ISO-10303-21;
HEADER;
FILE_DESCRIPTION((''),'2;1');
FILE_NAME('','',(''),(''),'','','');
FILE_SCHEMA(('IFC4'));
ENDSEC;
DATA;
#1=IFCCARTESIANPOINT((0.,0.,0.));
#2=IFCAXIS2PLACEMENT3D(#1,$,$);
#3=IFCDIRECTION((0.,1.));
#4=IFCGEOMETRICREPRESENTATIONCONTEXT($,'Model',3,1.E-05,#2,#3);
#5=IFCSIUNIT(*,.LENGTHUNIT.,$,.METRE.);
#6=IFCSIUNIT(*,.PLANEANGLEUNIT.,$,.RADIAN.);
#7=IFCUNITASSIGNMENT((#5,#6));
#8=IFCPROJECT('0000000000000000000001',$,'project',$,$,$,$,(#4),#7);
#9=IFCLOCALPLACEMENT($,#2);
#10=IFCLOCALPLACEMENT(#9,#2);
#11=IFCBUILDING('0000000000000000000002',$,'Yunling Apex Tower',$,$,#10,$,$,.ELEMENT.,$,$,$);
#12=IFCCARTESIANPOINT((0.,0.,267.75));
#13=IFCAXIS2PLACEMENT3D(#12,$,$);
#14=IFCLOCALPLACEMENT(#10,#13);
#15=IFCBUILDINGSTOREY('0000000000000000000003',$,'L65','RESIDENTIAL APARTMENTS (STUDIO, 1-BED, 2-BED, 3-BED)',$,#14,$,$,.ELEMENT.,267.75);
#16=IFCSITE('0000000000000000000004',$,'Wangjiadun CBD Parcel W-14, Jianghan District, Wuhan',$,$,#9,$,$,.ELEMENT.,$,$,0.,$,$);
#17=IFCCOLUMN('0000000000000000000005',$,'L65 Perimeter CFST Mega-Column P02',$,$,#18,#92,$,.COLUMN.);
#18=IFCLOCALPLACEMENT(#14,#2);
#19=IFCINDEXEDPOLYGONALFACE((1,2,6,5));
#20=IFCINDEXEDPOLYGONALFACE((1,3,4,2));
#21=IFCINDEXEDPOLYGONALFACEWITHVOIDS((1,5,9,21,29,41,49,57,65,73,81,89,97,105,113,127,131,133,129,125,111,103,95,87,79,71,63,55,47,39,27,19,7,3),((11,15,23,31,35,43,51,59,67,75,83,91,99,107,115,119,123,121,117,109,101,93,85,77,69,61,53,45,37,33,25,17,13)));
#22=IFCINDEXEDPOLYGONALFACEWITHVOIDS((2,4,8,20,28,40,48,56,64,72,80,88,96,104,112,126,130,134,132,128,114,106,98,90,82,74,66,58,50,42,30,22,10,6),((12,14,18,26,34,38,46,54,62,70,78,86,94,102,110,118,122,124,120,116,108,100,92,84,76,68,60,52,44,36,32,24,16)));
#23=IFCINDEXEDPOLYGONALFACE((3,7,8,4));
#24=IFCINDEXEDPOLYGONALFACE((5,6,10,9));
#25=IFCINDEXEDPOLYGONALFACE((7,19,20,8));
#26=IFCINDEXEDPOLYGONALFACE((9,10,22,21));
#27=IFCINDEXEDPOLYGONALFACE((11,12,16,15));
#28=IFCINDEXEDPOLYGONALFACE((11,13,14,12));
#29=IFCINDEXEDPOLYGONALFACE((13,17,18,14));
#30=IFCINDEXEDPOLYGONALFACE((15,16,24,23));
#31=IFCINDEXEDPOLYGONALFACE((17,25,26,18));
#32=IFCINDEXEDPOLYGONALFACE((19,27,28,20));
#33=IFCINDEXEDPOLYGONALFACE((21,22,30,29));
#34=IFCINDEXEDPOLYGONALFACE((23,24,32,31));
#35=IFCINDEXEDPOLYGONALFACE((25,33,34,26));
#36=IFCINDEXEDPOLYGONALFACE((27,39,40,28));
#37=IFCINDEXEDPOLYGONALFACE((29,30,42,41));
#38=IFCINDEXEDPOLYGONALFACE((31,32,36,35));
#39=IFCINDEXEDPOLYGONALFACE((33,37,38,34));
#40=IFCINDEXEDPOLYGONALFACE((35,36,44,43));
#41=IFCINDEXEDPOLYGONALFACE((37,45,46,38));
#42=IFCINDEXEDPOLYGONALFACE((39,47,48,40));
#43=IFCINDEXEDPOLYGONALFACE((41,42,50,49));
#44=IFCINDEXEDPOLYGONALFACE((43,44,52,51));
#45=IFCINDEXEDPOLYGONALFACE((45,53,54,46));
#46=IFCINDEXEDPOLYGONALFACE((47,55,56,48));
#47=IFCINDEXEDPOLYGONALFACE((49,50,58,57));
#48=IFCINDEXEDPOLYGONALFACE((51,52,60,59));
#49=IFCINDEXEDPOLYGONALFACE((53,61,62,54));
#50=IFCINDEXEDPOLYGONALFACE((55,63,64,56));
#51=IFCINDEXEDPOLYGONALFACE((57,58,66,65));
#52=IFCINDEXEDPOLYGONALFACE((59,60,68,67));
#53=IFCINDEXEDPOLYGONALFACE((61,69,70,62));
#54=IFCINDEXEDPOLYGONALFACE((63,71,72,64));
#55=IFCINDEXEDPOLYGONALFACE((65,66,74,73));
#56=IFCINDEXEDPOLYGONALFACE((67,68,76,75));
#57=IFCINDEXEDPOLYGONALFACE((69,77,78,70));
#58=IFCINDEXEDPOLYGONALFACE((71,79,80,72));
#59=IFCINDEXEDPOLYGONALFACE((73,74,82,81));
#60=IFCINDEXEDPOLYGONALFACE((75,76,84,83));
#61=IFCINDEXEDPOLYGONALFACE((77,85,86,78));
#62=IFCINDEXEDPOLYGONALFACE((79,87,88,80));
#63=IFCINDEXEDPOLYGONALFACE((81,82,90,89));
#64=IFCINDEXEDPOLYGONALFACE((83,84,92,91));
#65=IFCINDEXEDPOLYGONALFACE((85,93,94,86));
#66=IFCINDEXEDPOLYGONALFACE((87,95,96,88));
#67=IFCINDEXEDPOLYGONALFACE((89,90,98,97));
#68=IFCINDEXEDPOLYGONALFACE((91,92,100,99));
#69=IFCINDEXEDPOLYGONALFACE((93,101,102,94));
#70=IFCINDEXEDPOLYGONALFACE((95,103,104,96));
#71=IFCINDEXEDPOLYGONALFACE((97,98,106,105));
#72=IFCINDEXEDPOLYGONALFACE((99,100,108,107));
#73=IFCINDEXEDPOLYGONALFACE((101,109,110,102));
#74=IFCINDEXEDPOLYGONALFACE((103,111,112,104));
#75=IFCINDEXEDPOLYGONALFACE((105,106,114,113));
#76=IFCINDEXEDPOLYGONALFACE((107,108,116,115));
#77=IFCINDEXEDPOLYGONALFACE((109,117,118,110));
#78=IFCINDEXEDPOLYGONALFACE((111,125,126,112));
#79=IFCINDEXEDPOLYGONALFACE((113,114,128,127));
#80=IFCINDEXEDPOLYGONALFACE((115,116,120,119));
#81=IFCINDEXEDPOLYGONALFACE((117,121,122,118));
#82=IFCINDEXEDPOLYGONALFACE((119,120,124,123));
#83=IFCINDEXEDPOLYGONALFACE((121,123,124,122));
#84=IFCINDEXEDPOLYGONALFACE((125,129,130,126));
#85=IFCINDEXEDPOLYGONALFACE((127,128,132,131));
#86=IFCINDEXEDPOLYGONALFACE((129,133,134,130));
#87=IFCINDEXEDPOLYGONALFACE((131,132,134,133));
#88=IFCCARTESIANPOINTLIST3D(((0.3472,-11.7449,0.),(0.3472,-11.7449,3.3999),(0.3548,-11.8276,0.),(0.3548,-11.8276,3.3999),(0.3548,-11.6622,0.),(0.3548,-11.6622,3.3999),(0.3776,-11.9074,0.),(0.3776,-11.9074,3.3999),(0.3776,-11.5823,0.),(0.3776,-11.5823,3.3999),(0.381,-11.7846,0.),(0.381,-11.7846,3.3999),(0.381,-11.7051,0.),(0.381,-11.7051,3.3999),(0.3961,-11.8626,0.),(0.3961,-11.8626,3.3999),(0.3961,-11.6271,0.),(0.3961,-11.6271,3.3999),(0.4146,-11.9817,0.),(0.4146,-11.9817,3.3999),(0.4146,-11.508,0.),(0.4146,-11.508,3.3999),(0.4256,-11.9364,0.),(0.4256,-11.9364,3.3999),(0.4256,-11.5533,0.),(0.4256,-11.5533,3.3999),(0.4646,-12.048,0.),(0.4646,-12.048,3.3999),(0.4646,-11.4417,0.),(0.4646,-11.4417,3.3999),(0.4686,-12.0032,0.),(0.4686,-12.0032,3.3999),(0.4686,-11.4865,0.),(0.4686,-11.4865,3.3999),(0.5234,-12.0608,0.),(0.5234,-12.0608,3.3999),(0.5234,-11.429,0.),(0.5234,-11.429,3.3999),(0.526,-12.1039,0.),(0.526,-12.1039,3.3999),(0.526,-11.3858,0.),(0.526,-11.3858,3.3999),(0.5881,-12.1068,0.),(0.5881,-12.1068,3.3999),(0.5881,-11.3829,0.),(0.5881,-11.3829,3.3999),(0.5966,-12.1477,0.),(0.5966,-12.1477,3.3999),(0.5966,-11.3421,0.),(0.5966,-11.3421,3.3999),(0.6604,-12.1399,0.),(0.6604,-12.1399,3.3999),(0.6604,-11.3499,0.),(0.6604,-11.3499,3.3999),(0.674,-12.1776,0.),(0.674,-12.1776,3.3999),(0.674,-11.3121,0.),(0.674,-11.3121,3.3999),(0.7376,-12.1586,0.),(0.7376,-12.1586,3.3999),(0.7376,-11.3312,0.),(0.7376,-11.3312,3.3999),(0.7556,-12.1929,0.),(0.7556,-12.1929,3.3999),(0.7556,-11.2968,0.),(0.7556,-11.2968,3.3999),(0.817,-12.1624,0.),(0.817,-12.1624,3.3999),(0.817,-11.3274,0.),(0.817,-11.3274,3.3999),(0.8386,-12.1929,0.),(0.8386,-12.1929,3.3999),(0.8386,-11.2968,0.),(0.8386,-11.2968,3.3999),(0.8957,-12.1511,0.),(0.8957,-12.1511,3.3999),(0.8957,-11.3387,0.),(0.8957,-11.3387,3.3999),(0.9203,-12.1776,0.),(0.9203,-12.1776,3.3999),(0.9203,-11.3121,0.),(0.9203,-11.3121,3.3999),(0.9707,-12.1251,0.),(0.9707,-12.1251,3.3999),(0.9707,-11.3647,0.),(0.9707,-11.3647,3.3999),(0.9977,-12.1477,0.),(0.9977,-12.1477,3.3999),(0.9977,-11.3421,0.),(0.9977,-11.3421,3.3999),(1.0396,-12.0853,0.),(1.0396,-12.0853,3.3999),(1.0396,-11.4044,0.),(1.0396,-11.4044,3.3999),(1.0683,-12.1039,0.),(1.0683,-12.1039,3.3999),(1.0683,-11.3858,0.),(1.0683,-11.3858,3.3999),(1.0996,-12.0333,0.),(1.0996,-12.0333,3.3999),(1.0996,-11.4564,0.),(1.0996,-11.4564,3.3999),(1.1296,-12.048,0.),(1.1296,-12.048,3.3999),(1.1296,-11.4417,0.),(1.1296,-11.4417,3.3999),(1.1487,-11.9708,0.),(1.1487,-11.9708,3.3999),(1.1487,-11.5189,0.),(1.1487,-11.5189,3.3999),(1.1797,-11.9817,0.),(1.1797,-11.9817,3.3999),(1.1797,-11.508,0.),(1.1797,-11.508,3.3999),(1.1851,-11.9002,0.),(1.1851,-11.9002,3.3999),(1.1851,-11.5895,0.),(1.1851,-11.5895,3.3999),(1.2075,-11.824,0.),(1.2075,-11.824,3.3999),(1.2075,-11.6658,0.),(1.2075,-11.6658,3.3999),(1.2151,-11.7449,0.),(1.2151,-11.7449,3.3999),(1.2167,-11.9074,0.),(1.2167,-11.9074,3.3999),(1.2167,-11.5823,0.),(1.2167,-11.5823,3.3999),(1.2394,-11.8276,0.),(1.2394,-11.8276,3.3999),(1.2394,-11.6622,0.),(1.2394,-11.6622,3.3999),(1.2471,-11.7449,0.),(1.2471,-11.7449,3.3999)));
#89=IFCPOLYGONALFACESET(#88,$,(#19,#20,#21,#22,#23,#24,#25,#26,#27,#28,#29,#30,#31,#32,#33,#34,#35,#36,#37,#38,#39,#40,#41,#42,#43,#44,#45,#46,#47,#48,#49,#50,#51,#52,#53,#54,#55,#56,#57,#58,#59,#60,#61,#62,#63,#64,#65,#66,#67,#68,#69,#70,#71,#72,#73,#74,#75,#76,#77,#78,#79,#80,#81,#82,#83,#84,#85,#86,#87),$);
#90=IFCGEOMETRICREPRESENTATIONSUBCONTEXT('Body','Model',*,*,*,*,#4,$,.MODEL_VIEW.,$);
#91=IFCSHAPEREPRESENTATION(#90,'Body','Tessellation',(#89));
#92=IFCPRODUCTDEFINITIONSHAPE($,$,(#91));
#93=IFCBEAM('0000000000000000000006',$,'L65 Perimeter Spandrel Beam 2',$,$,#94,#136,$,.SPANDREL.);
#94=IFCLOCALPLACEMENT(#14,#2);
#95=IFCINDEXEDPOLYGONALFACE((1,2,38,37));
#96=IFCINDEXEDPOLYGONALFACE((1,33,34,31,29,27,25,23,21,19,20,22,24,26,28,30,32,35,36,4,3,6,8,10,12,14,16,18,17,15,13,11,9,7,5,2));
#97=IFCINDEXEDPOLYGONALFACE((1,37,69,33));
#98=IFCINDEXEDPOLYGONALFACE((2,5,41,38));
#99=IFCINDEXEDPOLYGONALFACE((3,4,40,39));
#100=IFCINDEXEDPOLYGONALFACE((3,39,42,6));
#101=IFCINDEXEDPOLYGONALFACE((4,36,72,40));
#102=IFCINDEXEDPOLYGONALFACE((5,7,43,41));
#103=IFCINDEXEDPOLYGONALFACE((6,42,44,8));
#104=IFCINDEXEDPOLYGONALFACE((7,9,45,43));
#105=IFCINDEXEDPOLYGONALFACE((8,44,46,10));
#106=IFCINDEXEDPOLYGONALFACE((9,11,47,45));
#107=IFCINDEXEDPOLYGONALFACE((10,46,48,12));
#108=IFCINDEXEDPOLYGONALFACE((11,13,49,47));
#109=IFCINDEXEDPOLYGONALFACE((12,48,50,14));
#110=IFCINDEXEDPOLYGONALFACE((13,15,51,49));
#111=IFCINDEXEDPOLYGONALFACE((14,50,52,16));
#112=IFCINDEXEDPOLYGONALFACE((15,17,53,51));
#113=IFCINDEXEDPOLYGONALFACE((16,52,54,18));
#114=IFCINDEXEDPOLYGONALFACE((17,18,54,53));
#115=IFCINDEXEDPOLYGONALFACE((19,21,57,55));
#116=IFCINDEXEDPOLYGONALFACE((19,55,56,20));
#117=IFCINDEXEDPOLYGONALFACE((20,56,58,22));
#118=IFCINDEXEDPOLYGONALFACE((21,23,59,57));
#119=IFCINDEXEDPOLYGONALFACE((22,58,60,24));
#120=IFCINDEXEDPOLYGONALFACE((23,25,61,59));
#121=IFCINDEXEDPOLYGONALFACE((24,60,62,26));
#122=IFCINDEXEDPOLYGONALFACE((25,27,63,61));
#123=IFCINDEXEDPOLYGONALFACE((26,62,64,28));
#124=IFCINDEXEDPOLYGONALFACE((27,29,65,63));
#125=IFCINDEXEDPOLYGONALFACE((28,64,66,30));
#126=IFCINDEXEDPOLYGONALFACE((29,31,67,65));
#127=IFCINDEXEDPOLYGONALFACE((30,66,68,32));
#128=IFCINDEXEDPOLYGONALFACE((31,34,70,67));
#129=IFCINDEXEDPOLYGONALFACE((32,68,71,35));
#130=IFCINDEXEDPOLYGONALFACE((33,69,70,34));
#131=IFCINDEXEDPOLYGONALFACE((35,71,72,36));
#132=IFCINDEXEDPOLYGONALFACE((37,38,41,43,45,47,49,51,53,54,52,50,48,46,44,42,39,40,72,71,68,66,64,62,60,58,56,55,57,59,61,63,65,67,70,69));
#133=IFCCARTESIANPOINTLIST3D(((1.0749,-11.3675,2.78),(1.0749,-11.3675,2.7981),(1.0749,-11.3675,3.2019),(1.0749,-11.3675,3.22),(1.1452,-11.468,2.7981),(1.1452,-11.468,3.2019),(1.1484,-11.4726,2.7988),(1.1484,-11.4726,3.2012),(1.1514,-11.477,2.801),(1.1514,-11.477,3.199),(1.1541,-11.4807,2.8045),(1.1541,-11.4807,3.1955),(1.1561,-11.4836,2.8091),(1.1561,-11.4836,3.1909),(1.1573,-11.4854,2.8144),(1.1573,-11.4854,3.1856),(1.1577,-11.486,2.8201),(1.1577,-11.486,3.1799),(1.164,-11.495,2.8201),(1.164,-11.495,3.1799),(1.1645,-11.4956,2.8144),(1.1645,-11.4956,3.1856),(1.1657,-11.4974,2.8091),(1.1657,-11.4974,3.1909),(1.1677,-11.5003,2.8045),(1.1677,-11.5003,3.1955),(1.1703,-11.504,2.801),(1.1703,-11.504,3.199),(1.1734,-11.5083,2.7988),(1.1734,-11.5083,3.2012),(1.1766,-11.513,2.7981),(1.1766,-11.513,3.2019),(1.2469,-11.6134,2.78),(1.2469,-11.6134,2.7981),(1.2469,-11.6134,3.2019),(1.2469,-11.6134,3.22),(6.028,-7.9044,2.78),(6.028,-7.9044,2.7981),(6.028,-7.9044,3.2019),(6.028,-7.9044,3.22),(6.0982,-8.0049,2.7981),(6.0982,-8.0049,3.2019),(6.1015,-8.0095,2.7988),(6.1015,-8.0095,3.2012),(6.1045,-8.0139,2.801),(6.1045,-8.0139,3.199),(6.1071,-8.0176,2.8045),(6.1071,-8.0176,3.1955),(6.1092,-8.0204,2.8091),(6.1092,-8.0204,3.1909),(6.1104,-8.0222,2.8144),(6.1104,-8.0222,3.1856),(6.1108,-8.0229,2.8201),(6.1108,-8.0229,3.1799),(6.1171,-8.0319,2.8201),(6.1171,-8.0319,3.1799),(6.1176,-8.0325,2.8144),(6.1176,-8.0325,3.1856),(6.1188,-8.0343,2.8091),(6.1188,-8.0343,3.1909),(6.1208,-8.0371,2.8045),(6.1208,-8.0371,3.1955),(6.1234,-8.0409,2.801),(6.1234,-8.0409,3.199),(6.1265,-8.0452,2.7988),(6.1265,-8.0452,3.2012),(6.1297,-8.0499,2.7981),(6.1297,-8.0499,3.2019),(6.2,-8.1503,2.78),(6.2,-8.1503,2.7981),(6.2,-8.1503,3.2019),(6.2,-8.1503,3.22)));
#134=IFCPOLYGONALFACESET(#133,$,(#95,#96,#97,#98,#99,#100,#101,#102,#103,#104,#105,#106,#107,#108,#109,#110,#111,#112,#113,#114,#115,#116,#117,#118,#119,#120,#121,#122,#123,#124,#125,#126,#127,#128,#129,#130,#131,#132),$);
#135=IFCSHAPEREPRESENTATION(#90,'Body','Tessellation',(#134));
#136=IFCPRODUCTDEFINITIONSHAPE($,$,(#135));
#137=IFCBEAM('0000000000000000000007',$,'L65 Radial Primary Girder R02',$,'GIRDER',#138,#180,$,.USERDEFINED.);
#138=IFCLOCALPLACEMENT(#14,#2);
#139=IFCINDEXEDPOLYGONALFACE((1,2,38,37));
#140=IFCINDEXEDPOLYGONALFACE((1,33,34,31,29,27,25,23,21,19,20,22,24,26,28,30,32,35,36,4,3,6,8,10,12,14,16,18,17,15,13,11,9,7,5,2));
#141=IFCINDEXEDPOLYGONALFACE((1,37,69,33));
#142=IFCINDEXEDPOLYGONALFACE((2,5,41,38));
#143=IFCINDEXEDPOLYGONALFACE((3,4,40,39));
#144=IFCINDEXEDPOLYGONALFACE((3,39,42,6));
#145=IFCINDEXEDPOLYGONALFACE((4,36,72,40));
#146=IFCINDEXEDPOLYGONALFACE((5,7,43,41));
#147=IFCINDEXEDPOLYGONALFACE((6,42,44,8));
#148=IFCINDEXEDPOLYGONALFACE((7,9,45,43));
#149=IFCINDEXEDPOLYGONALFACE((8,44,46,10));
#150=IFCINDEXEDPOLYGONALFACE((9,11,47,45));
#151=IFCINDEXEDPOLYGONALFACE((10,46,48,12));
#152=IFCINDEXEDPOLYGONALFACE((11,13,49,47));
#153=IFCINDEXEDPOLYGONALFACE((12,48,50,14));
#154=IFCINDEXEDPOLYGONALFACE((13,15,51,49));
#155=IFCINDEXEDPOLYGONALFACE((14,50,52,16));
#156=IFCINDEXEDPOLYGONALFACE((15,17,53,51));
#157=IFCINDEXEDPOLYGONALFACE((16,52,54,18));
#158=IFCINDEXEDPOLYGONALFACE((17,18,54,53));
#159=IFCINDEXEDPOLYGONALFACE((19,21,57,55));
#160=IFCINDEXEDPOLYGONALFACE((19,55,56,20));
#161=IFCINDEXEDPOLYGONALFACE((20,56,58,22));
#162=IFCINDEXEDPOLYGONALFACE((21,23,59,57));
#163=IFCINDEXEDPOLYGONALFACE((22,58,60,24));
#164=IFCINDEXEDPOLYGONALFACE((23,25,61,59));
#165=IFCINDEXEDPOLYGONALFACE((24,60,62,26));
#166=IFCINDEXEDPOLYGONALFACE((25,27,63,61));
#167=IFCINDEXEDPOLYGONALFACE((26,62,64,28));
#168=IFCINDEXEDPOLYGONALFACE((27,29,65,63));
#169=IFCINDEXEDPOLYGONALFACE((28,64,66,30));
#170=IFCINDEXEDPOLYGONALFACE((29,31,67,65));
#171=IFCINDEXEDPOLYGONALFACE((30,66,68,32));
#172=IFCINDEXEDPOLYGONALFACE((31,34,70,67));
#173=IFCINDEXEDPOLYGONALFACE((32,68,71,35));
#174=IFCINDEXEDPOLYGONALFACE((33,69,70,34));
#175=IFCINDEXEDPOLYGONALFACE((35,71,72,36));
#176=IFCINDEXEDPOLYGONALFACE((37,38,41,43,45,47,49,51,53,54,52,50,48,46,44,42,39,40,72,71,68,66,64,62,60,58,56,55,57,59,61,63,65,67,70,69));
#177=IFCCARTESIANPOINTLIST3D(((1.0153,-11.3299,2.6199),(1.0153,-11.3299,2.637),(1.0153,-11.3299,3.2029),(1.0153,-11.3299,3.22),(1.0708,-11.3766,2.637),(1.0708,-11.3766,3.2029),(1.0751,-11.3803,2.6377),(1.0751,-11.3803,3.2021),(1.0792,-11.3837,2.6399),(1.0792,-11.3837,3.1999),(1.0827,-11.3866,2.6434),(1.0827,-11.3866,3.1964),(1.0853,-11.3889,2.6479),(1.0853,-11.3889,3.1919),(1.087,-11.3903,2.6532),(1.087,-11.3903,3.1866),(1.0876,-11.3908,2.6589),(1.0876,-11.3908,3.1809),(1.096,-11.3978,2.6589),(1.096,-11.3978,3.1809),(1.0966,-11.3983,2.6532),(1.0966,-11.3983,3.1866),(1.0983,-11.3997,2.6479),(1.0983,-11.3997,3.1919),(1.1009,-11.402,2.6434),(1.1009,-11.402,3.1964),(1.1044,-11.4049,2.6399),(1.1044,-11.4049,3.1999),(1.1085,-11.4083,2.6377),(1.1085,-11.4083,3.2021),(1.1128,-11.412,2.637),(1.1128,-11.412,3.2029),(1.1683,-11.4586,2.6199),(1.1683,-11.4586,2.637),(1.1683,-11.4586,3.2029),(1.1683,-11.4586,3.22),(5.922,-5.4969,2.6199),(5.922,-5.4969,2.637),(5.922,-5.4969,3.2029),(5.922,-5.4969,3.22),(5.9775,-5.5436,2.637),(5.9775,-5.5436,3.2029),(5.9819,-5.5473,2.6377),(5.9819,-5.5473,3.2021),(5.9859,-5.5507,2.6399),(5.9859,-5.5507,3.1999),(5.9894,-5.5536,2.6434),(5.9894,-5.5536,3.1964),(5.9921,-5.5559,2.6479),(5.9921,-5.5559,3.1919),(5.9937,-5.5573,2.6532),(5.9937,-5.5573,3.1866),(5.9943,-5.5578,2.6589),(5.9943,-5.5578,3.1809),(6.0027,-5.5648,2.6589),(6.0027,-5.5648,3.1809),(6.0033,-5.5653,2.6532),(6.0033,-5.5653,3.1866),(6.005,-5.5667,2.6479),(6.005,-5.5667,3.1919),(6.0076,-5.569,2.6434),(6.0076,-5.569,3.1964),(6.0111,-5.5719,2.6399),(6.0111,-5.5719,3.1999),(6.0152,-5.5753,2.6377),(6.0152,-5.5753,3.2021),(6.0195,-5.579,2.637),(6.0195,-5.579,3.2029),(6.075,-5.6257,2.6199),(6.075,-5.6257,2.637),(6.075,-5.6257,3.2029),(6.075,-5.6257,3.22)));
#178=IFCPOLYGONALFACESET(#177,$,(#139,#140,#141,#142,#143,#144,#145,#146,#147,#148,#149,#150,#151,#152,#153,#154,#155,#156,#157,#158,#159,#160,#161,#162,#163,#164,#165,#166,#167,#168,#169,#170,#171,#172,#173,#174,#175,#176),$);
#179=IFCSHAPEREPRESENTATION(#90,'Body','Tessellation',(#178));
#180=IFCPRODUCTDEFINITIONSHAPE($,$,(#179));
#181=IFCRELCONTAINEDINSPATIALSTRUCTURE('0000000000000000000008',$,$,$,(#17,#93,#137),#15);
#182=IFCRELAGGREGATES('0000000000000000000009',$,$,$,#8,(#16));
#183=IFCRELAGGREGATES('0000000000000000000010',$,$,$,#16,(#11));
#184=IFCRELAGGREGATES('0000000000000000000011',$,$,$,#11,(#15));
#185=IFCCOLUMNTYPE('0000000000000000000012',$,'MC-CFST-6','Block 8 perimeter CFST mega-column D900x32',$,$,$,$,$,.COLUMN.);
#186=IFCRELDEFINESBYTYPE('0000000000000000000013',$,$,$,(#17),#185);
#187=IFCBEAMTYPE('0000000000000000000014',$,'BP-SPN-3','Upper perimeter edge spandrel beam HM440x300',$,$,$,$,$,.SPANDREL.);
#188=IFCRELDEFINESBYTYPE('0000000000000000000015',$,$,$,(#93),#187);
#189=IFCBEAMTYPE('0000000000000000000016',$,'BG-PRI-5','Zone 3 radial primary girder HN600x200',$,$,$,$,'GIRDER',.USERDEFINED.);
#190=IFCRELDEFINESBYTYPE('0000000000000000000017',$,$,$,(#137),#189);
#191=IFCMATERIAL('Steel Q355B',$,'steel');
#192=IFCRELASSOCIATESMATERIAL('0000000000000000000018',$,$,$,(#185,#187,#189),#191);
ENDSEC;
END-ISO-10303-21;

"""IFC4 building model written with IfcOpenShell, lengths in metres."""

from ifc_helpers import new_model, si_unit, direction, frame, origin, origin_2d, place, context, subcontext, project, spatial, hollow_circle, i_section, extrude, source, transform, mapped, material, material_profile, profile_set, type_object, element, save


model = new_model("IFC4")

# Units and contexts
model_context = context("Model", 3, precision=1e-05, world=origin(), true_north=direction((0.0, 1.0)))
body_context = subcontext(model_context, "Body", "Model", "MODEL_VIEW")
ifc_project = project(units=[si_unit("LENGTHUNIT", "METRE"), si_unit("PLANEANGLEUNIT", "RADIAN")], contexts=[model_context])

# Site, building, storey
site_placement = place(None, origin())
site = spatial("IfcSite", under=ifc_project, at=site_placement, Name="Wangjiadun CBD Parcel W-14, Jianghan District, Wuhan", CompositionType="ELEMENT", RefElevation=0.0)
building_placement = place(site_placement, origin())
building = spatial("IfcBuilding", under=site, at=building_placement, Name="Yunling Apex Tower", CompositionType="ELEMENT")
storey_placement = place(building_placement, frame((0.0, 0.0, 267.75)))
storey = spatial("IfcBuildingStorey", under=building, at=storey_placement, Name="L65", Description="RESIDENTIAL APARTMENTS (STUDIO, 1-BED, 2-BED, 3-BED)", CompositionType="ELEMENT", Elevation=267.75)

# Column
ifc_material_1 = material(Name="Steel Q355B", Category="steel")
ifc_material_profile_1 = material_profile(ifc_material_1, hollow_circle(Radius=0.45, WallThickness=0.032, at=origin_2d()))
ifc_profile_set_1 = profile_set([ifc_material_profile_1], Name="Steel Q355B")
column_type = type_object("IfcColumnType", Name="MC-CFST-6", Description="Block 8 perimeter CFST mega-column D900x32", PredefinedType="COLUMN", material=ifc_profile_set_1)
shared_shape_1 = source(origin(), body_context, "Body", "SweptSolid", [
    extrude(hollow_circle(Radius=0.45, WallThickness=0.032, at=origin_2d()), origin(), (0.0, 0.0, 1.0), 3.3999),
])
column_placement = place(storey_placement, frame((0.7971, -11.7449, 0.0), z_axis=(0.0, 0.0, 1.0), x_axis=(1.0, 0.0, 0.0)))
element("IfcColumn", 1, at=column_placement, inside=storey, type_object=column_type, Name="L65 Perimeter CFST Mega-Column P02", PredefinedType="COLUMN", context=body_context, shape_type="MappedRepresentation", body=[
    mapped(shared_shape_1, transform((0.0, 0.0, 0.0), scale=1.0)),
])

# Beams
ifc_material_profile_2 = material_profile(ifc_material_1, i_section(OverallWidth=0.3, OverallDepth=0.4399, WebThickness=0.011, FlangeThickness=0.0181, FilletRadius=0.022, at=origin_2d()))
ifc_profile_set_2 = profile_set([ifc_material_profile_2], Name="Steel Q355B")
beam_type_1 = type_object("IfcBeamType", Name="BP-SPN-3", Description="Upper perimeter edge spandrel beam HM440x300", PredefinedType="SPANDREL", material=ifc_profile_set_2)
shared_shape_2 = source(origin(), body_context, "Body", "SweptSolid", [
    extrude(i_section(OverallWidth=0.3, OverallDepth=0.4399, WebThickness=0.011, FlangeThickness=0.0181, FilletRadius=0.022, at=origin_2d()), origin(), (0.0, 0.0, 1.0), 6.0437),
])
beam_1_placement = place(storey_placement, frame((1.1609, -11.4905, 3.0), z_axis=(0.819547, 0.573012, 0.0), x_axis=(-0.573012, 0.819547, 0.0)))
element("IfcBeam", 2, at=beam_1_placement, inside=storey, type_object=beam_type_1, Name="L65 Perimeter Spandrel Beam 2", PredefinedType="SPANDREL", context=body_context, shape_type="MappedRepresentation", body=[
    mapped(shared_shape_2, transform((0.0, 0.0, 0.0), scale=1.0)),
])
ifc_material_profile_3 = material_profile(ifc_material_1, i_section(OverallWidth=0.2, OverallDepth=0.6001, WebThickness=0.011, FlangeThickness=0.0171, FilletRadius=0.022, at=origin_2d()))
ifc_profile_set_3 = profile_set([ifc_material_profile_3], Name="Steel Q355B")
beam_type_2 = type_object("IfcBeamType", Name="BG-PRI-5", Description="Zone 3 radial primary girder HN600x200", ElementType="GIRDER", PredefinedType="USERDEFINED", material=ifc_profile_set_3)
shared_shape_3 = source(origin(), body_context, "Body", "SweptSolid", [
    extrude(i_section(OverallWidth=0.2, OverallDepth=0.6001, WebThickness=0.011, FlangeThickness=0.0171, FilletRadius=0.022, at=origin_2d()), origin(), (0.0, 0.0, 1.0), 7.6223),
])
beam_2_placement = place(storey_placement, frame((1.0918, -11.3943, 2.9199), z_axis=(0.643731, 0.765252, 0.0), x_axis=(-0.765252, 0.643731, 0.0)))
element("IfcBeam", 3, at=beam_2_placement, inside=storey, type_object=beam_type_2, Name="L65 Radial Primary Girder R02", ObjectType="GIRDER", PredefinedType="USERDEFINED", context=body_context, shape_type="MappedRepresentation", body=[
    mapped(shared_shape_3, transform((0.0, 0.0, 0.0), scale=1.0)),
])

save(model, "model.ifc")
